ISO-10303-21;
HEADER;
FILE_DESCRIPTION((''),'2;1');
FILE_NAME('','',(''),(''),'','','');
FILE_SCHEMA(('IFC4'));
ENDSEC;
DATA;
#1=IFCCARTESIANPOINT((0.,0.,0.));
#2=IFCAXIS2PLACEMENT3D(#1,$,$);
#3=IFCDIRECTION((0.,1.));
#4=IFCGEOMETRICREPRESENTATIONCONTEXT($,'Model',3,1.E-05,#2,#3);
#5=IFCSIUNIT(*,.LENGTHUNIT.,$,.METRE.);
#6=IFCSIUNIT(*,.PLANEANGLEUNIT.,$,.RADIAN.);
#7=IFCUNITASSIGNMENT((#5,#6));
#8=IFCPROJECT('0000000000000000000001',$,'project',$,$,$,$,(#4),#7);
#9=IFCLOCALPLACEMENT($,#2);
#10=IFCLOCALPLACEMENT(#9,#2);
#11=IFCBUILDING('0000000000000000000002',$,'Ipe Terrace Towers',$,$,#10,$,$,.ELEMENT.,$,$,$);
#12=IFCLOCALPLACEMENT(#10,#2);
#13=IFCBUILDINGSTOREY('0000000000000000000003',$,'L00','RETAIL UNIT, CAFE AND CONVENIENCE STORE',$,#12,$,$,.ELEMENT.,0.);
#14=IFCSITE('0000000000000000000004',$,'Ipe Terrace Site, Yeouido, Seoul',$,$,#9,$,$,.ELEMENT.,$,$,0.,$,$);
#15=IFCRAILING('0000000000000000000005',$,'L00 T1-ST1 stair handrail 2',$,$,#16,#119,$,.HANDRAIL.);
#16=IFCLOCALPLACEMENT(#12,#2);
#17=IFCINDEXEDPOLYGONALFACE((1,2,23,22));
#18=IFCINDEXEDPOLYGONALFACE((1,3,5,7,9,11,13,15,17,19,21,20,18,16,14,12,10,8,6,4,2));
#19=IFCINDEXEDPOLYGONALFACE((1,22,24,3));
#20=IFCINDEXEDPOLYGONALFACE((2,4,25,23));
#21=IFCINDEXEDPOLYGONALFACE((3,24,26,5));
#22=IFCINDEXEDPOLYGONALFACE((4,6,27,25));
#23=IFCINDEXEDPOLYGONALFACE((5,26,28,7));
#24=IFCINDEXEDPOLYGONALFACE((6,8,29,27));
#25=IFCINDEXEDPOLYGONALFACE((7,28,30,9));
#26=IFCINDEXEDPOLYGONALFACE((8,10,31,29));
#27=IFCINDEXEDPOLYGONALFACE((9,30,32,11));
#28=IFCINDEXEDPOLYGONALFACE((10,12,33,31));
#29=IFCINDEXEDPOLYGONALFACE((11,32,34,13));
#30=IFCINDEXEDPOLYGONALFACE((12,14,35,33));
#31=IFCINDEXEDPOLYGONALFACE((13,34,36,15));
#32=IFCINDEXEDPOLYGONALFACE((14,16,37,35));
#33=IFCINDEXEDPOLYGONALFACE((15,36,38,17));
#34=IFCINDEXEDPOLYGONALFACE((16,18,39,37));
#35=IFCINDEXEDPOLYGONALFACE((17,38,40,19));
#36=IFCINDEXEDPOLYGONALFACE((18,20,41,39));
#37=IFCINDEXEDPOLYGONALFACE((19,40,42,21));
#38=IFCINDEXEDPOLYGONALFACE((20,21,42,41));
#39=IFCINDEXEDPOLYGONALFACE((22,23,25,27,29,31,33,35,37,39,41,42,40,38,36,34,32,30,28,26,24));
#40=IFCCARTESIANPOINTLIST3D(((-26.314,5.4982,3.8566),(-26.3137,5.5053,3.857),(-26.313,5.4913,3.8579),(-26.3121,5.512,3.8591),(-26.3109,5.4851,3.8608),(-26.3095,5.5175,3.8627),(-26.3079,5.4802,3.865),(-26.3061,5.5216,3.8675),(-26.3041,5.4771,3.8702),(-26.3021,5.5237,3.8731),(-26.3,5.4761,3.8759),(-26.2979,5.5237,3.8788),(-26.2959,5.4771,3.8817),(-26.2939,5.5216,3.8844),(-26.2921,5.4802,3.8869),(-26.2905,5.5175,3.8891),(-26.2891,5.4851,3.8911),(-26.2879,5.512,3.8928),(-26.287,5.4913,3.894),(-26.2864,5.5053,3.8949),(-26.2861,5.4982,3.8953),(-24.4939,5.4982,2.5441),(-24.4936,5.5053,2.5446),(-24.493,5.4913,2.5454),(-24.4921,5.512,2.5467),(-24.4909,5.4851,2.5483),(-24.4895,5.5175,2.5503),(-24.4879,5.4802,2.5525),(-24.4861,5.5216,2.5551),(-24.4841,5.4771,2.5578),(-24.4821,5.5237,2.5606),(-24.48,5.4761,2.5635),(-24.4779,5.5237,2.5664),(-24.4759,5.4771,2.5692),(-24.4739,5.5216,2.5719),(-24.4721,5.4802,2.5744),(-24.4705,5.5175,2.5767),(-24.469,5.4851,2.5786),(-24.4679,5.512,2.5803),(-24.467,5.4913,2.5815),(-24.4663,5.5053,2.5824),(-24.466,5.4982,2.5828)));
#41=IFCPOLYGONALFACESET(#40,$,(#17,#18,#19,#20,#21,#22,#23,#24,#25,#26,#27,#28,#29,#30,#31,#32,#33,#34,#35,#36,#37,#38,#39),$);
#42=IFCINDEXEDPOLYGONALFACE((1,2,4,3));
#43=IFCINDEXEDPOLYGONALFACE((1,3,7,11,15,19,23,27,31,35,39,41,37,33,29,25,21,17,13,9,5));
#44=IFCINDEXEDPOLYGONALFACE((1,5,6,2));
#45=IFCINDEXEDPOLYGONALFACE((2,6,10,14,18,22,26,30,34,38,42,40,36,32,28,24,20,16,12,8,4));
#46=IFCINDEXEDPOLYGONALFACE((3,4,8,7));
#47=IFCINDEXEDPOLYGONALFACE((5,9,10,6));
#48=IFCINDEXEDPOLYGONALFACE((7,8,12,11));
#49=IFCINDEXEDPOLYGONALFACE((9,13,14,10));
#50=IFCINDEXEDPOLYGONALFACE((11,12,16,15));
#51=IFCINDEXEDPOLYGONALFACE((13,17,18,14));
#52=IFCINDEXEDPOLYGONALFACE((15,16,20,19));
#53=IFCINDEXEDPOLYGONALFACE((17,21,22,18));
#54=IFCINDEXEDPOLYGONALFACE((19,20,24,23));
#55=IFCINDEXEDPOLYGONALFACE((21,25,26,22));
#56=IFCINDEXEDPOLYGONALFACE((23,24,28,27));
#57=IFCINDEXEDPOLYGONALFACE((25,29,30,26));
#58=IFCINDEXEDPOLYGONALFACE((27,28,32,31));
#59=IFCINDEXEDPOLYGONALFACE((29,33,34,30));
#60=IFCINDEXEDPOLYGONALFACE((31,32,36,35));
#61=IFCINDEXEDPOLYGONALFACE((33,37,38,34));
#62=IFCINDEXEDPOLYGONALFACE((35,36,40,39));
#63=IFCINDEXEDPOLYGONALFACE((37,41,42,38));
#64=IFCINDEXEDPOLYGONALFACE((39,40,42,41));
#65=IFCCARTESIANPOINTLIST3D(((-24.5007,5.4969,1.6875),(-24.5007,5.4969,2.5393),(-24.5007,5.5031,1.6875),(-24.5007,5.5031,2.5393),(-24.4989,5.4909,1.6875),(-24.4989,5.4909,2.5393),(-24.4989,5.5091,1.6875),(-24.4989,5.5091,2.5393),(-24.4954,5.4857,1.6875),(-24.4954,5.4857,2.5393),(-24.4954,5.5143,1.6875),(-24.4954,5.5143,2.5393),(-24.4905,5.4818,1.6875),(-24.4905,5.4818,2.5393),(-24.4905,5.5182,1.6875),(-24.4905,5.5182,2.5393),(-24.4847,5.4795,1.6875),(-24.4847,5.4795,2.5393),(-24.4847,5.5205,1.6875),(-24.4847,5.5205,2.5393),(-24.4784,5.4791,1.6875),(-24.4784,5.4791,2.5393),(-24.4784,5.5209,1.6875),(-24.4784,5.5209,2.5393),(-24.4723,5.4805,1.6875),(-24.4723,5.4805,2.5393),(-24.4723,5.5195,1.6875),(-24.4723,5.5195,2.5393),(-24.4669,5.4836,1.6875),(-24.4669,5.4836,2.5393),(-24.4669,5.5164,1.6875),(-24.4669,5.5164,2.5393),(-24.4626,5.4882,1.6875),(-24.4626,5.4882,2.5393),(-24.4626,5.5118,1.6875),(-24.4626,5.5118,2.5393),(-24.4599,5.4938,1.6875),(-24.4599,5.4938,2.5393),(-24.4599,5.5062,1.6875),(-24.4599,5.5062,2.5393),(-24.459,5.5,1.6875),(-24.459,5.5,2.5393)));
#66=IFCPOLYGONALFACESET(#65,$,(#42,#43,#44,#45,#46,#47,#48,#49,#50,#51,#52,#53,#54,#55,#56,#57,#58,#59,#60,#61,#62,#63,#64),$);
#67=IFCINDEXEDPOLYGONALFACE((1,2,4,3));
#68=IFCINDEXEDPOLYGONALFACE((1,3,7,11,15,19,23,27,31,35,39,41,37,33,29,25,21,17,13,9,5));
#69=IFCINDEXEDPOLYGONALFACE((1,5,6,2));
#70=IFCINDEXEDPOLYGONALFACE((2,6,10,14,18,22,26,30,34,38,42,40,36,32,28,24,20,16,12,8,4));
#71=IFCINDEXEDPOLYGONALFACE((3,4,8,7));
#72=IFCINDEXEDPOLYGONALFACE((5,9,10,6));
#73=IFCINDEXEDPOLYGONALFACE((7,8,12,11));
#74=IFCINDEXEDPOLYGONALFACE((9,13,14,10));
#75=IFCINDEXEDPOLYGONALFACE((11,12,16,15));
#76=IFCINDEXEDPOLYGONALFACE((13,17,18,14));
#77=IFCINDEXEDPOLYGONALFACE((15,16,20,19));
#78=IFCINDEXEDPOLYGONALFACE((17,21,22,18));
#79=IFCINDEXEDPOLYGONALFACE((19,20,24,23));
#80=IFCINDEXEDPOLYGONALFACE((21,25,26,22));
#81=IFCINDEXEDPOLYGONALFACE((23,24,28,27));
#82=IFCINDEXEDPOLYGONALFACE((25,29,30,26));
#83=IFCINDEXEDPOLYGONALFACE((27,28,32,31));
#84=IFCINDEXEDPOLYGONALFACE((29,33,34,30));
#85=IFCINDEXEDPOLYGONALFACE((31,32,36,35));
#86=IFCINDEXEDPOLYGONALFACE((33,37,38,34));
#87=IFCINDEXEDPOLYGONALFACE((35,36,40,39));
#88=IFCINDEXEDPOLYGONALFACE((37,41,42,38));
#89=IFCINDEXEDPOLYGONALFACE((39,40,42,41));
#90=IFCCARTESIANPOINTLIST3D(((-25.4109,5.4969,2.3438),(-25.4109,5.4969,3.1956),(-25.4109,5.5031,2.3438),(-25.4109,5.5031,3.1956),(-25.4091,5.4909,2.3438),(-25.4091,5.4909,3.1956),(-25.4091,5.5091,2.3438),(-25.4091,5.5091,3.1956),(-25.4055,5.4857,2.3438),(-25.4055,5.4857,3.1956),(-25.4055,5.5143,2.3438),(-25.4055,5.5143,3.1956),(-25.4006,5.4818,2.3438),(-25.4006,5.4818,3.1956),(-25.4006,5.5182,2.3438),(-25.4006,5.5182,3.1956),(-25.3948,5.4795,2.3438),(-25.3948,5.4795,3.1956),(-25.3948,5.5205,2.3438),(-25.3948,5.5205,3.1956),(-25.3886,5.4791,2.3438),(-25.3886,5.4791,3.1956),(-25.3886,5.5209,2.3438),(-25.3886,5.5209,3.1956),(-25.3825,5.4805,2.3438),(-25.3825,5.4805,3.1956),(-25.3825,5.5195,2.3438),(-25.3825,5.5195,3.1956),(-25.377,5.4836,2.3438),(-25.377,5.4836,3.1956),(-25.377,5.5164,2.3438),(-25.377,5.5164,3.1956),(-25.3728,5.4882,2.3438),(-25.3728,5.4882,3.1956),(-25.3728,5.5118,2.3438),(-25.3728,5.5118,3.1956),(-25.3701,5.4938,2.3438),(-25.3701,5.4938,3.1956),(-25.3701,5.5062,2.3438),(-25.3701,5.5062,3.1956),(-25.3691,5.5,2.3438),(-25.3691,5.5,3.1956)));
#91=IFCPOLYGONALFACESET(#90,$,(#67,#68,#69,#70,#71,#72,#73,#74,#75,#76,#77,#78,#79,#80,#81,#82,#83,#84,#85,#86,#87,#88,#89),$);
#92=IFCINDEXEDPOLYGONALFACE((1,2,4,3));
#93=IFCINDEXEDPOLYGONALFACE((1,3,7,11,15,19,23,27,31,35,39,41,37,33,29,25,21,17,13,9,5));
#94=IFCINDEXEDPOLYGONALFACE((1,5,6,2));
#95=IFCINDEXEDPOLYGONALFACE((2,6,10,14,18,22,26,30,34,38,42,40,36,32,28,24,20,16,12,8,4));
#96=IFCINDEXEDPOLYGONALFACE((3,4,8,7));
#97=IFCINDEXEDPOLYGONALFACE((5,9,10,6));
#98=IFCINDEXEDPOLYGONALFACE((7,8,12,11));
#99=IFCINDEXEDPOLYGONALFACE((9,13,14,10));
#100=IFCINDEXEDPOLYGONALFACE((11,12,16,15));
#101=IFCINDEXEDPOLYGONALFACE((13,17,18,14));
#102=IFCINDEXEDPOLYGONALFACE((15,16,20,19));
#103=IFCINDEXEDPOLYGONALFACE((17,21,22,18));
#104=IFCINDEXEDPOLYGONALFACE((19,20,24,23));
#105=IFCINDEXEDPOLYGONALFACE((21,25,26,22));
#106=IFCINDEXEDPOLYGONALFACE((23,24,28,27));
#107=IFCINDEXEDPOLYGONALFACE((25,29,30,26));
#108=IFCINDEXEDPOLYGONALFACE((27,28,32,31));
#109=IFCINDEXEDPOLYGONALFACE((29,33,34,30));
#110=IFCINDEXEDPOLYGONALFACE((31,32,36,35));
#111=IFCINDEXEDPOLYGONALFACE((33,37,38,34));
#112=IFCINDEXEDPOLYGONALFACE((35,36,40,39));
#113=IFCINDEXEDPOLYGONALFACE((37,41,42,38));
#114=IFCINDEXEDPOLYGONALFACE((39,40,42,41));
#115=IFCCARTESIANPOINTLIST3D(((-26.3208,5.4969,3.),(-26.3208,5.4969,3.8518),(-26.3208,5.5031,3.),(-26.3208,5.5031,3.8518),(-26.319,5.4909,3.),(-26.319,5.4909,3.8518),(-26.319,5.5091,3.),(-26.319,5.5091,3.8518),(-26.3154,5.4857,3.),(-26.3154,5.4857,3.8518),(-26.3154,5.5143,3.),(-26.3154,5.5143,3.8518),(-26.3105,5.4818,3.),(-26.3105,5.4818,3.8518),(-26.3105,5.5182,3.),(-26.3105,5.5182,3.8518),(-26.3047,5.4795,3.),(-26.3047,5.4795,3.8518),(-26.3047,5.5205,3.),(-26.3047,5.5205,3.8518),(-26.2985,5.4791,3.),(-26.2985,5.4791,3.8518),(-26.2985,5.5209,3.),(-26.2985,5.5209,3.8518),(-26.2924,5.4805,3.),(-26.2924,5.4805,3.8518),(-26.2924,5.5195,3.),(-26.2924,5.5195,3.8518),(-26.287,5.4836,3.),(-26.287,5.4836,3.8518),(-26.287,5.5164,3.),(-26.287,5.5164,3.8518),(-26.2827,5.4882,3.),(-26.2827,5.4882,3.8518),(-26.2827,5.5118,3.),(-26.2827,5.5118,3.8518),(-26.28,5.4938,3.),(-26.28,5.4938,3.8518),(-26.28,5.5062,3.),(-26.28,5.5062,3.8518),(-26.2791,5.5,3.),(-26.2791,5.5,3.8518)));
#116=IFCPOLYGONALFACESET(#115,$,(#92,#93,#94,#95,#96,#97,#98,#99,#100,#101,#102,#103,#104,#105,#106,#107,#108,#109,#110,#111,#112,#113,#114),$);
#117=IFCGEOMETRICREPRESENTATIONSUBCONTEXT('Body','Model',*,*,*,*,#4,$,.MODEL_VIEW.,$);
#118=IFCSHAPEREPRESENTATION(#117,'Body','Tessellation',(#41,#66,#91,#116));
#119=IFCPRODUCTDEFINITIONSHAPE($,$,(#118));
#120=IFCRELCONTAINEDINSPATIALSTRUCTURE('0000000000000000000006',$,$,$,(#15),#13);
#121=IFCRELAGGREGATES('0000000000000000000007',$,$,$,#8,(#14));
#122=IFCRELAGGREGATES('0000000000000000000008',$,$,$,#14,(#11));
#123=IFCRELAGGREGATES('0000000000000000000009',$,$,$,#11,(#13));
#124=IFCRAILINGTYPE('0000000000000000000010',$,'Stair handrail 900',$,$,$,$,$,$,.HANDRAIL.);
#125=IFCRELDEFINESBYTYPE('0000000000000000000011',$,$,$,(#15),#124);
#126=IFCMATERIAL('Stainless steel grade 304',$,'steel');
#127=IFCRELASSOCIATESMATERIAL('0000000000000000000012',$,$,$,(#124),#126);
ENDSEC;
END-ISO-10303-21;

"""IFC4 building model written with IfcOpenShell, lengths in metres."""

from ifc_helpers import new_model, si_unit, direction, frame, origin, origin_2d, place, context, subcontext, project, spatial, circle, extrude, material, type_object, element, save


model = new_model("IFC4")

# Units and contexts
model_context = context("Model", 3, precision=1e-05, world=origin(), true_north=direction((0.0, 1.0)))
body_context = subcontext(model_context, "Body", "Model", "MODEL_VIEW")
ifc_project = project(units=[si_unit("LENGTHUNIT", "METRE"), si_unit("PLANEANGLEUNIT", "RADIAN")], contexts=[model_context])

# Site, building, storey
site_placement = place(None, origin())
site = spatial("IfcSite", under=ifc_project, at=site_placement, Name="Ipe Terrace Site, Yeouido, Seoul", CompositionType="ELEMENT", RefElevation=0.0)
building_placement = place(site_placement, origin())
building = spatial("IfcBuilding", under=site, at=building_placement, Name="Ipe Terrace Towers", CompositionType="ELEMENT")
storey_placement = place(building_placement, origin())
storey = spatial("IfcBuildingStorey", under=building, at=storey_placement, Name="L00", Description="RETAIL UNIT, CAFE AND CONVENIENCE STORE", CompositionType="ELEMENT", Elevation=0.0)

# Railing
ifc_material_1 = material(Name="Stainless steel grade 304", Category="steel")
railing_type_1 = type_object("IfcRailingType", Name="Stair handrail 900", PredefinedType="HANDRAIL", material=ifc_material_1)
railing_1_placement = place(storey_placement, frame((-24.48, 5.5, 1.6875)))
element("IfcRailing", 1, at=railing_1_placement, inside=storey, type_object=railing_type_1, Name="L00 T1-ST1 stair handrail 2", PredefinedType="HANDRAIL", context=body_context, shape_type="SweptSolid", body=[
    extrude(circle(Radius=0.0239, at=origin_2d()), frame((0.0, 0.0, 0.876), z_axis=(-0.811101, 0.0, 0.584906), x_axis=(0.0, -1.0, 0.0)), (0.0, 0.0, 1.0), 2.2439),
    extrude(circle(Radius=0.021, at=origin_2d()), origin(), (0.0, 0.0, 1.0), 0.8518),
    extrude(circle(Radius=0.021, at=origin_2d()), frame((-0.9102, 0.0, 0.6562)), (0.0, 0.0, 1.0), 0.8518),
    extrude(circle(Radius=0.021, at=origin_2d()), frame((-1.8201, 0.0, 1.3125)), (0.0, 0.0, 1.0), 0.8518),
])

save(model, "model.ifc")
